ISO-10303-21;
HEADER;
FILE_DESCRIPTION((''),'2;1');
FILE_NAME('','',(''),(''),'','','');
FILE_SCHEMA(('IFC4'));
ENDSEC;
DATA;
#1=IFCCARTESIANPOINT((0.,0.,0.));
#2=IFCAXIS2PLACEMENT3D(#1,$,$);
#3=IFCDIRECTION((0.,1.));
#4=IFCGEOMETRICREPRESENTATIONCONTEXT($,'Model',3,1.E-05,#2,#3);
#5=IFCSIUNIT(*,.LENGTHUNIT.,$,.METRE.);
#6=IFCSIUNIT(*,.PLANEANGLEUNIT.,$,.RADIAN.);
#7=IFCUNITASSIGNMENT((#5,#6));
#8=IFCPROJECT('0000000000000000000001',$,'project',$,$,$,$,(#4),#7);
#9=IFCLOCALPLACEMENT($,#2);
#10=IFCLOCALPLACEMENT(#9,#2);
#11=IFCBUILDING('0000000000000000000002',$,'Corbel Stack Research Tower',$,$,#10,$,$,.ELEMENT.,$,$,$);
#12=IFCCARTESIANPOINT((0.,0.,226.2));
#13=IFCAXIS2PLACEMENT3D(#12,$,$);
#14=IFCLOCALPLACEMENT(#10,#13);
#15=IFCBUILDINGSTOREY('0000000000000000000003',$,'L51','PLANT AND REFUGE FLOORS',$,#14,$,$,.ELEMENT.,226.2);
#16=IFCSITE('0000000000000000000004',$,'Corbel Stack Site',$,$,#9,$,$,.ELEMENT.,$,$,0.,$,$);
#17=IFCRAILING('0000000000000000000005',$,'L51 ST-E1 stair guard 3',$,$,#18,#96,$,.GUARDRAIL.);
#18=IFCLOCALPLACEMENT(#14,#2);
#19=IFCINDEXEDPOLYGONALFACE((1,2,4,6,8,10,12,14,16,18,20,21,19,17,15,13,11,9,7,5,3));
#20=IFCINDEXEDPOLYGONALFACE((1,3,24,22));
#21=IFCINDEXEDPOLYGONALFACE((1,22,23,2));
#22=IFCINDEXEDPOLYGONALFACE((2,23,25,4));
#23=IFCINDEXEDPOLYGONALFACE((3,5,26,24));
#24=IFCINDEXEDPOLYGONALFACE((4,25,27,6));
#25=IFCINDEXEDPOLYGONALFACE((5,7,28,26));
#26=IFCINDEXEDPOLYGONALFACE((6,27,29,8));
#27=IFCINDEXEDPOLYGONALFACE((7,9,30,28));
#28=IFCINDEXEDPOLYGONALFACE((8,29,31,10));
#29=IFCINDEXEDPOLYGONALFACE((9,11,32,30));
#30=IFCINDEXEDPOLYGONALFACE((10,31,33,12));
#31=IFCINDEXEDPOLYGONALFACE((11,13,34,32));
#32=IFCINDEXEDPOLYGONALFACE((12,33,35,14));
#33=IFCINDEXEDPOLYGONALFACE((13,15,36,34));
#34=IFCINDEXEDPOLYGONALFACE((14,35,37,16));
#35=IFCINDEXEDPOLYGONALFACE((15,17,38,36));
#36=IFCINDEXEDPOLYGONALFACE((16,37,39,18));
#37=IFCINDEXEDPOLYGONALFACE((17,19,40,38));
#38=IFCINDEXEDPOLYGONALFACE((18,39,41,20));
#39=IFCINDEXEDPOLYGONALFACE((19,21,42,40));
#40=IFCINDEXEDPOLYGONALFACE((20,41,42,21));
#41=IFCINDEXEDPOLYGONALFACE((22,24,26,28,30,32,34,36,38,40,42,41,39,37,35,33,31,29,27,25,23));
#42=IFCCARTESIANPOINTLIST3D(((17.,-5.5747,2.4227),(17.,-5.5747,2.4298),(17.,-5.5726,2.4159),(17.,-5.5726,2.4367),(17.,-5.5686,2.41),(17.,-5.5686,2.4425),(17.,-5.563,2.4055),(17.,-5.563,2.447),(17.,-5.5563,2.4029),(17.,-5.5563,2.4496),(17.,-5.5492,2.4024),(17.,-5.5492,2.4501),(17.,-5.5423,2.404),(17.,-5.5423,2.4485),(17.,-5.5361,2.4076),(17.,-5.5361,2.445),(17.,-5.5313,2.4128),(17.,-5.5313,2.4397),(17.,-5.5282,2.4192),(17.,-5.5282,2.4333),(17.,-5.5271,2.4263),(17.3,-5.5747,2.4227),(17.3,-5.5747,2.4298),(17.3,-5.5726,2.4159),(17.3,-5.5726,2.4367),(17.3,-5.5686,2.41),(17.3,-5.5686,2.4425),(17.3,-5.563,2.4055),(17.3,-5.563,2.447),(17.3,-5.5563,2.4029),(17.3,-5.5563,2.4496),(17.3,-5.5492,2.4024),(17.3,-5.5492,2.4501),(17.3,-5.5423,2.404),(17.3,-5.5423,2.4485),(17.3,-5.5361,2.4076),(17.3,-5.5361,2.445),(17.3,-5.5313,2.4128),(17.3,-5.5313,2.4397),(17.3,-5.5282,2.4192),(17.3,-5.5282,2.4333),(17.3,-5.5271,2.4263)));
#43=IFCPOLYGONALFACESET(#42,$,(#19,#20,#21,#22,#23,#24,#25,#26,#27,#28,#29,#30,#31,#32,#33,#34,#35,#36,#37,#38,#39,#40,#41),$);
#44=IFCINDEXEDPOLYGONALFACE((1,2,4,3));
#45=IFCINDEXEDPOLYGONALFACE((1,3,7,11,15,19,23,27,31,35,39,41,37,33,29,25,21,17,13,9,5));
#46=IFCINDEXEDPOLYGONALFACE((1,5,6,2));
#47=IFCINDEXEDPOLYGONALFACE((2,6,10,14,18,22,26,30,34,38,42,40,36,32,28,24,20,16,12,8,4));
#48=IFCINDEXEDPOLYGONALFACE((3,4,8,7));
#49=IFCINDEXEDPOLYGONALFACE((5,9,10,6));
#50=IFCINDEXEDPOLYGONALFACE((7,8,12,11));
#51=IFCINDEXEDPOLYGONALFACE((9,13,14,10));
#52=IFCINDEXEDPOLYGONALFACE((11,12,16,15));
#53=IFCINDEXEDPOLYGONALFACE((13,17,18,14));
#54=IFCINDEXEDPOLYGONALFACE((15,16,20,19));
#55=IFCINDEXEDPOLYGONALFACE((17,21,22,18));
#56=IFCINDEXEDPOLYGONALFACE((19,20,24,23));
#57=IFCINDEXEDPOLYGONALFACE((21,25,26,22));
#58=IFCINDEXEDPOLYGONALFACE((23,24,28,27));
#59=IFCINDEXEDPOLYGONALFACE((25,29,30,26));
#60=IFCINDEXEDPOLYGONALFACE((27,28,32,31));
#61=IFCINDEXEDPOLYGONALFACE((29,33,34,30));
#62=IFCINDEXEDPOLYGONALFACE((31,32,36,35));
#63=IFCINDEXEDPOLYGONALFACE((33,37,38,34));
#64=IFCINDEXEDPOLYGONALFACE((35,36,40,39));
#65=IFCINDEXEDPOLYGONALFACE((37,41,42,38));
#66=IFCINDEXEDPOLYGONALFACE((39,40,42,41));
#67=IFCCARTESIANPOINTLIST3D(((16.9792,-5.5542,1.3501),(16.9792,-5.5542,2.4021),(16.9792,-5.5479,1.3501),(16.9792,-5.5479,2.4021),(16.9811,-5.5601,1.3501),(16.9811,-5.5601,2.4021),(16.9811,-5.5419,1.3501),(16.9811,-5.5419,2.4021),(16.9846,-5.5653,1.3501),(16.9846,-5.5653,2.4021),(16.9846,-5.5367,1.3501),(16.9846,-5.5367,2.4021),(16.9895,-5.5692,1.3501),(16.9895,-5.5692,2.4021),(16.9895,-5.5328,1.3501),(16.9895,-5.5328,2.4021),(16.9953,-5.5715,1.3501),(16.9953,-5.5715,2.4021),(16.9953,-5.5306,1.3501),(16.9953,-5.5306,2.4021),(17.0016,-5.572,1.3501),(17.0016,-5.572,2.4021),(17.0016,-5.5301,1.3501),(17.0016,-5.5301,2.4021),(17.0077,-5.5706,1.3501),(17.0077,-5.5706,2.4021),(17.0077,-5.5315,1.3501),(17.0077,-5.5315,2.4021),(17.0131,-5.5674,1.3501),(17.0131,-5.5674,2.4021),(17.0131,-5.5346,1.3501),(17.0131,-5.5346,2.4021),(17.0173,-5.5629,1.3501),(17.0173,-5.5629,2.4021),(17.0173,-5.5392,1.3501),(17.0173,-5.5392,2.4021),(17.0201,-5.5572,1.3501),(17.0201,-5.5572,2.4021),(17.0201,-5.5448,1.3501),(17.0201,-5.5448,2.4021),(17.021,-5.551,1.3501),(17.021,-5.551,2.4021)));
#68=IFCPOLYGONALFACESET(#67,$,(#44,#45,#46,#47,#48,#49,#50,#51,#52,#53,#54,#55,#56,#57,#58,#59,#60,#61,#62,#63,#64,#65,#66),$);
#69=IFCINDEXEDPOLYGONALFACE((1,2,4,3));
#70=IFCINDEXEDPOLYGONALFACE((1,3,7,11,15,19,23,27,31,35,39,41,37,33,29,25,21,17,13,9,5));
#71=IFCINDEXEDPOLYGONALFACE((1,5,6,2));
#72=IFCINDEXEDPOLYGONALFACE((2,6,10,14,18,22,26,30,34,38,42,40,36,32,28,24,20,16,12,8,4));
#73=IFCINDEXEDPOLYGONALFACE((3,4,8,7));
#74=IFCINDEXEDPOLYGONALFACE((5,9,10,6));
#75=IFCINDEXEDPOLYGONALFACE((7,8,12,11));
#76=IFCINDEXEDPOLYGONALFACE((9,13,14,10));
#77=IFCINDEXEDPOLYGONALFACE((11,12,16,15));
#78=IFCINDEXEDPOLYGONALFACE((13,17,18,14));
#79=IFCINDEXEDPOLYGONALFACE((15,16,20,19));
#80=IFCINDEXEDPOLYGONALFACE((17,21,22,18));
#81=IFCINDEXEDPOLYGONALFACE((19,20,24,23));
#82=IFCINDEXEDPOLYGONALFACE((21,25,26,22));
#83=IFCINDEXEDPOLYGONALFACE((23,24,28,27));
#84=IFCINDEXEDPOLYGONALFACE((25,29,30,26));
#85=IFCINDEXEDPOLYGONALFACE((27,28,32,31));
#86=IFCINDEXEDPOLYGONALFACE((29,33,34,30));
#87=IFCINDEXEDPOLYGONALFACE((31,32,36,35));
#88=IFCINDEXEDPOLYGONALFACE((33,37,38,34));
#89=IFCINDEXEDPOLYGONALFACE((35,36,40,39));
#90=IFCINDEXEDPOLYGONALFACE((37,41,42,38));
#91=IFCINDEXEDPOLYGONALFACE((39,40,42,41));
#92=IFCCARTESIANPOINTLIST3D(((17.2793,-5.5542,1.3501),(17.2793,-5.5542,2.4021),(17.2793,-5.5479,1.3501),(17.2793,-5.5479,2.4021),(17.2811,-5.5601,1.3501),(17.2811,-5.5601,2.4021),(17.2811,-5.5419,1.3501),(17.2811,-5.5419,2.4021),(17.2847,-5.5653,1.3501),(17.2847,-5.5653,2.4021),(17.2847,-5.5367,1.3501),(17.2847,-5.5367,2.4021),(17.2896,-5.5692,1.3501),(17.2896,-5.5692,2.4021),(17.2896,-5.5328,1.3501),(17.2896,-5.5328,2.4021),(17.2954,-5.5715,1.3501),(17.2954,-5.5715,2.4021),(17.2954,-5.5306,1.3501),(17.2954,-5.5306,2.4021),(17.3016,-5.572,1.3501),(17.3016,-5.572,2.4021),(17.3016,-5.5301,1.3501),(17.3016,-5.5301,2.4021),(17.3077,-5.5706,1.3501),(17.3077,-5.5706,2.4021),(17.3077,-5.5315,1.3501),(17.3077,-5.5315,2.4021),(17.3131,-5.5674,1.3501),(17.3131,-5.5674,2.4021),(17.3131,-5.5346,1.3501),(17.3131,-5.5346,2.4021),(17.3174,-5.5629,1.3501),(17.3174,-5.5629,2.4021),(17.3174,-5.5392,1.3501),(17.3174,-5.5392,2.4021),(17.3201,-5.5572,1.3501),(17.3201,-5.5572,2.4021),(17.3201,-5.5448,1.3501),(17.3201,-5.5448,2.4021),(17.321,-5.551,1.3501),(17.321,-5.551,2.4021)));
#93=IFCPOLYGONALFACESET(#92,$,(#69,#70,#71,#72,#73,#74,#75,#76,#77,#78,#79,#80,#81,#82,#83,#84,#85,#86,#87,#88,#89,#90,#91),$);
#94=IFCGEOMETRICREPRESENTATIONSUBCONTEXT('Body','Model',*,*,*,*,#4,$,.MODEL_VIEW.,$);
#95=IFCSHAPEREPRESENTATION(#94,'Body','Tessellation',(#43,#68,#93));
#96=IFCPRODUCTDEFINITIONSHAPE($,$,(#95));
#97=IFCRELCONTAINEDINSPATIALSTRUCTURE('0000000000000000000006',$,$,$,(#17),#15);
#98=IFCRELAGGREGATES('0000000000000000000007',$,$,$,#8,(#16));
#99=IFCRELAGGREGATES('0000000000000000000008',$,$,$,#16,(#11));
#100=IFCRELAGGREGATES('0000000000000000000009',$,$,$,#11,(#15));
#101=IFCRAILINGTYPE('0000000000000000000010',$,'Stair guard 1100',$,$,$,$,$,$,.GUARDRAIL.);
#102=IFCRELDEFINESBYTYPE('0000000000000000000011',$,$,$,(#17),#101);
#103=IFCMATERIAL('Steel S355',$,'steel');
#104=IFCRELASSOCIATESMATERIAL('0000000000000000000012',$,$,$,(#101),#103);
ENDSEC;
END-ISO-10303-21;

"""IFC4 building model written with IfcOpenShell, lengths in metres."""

from ifc_helpers import new_model, si_unit, direction, frame, origin, origin_2d, place, context, subcontext, project, spatial, circle, extrude, material, type_object, element, save


model = new_model("IFC4")

# Units and contexts
model_context = context("Model", 3, precision=1e-05, world=origin(), true_north=direction((0.0, 1.0)))
body_context = subcontext(model_context, "Body", "Model", "MODEL_VIEW")
ifc_project = project(units=[si_unit("LENGTHUNIT", "METRE"), si_unit("PLANEANGLEUNIT", "RADIAN")], contexts=[model_context])

# Site, building, storey
site_placement = place(None, origin())
site = spatial("IfcSite", under=ifc_project, at=site_placement, Name="Corbel Stack Site", CompositionType="ELEMENT", RefElevation=0.0)
building_placement = place(site_placement, origin())
building = spatial("IfcBuilding", under=site, at=building_placement, Name="Corbel Stack Research Tower", CompositionType="ELEMENT")
storey_placement = place(building_placement, frame((0.0, 0.0, 226.2)))
storey = spatial("IfcBuildingStorey", under=building, at=storey_placement, Name="L51", Description="PLANT AND REFUGE FLOORS", CompositionType="ELEMENT", Elevation=226.2)

# Railing
ifc_material_1 = material(Name="Steel S355", Category="steel")
railing_type_1 = type_object("IfcRailingType", Name="Stair guard 1100", PredefinedType="GUARDRAIL", material=ifc_material_1)
railing_1_placement = place(storey_placement, frame((17.0, -5.551, 1.3501)))
element("IfcRailing", 1, at=railing_1_placement, inside=storey, type_object=railing_type_1, Name="L51 ST-E1 stair guard 3", PredefinedType="GUARDRAIL", context=body_context, shape_type="SweptSolid", body=[
    extrude(circle(Radius=0.0239, at=origin_2d()), frame((0.0, 0.0, 1.0762), z_axis=(1.0, 0.0, 0.0), x_axis=(0.0, 1.0, 0.0)), (0.0, 0.0, 1.0), 0.3),
    extrude(circle(Radius=0.021, at=origin_2d()), origin(), (0.0, 0.0, 1.0), 1.052),
    extrude(circle(Radius=0.021, at=origin_2d()), frame((0.3, 0.0, 0.0)), (0.0, 0.0, 1.0), 1.052),
])

save(model, "model.ifc")
